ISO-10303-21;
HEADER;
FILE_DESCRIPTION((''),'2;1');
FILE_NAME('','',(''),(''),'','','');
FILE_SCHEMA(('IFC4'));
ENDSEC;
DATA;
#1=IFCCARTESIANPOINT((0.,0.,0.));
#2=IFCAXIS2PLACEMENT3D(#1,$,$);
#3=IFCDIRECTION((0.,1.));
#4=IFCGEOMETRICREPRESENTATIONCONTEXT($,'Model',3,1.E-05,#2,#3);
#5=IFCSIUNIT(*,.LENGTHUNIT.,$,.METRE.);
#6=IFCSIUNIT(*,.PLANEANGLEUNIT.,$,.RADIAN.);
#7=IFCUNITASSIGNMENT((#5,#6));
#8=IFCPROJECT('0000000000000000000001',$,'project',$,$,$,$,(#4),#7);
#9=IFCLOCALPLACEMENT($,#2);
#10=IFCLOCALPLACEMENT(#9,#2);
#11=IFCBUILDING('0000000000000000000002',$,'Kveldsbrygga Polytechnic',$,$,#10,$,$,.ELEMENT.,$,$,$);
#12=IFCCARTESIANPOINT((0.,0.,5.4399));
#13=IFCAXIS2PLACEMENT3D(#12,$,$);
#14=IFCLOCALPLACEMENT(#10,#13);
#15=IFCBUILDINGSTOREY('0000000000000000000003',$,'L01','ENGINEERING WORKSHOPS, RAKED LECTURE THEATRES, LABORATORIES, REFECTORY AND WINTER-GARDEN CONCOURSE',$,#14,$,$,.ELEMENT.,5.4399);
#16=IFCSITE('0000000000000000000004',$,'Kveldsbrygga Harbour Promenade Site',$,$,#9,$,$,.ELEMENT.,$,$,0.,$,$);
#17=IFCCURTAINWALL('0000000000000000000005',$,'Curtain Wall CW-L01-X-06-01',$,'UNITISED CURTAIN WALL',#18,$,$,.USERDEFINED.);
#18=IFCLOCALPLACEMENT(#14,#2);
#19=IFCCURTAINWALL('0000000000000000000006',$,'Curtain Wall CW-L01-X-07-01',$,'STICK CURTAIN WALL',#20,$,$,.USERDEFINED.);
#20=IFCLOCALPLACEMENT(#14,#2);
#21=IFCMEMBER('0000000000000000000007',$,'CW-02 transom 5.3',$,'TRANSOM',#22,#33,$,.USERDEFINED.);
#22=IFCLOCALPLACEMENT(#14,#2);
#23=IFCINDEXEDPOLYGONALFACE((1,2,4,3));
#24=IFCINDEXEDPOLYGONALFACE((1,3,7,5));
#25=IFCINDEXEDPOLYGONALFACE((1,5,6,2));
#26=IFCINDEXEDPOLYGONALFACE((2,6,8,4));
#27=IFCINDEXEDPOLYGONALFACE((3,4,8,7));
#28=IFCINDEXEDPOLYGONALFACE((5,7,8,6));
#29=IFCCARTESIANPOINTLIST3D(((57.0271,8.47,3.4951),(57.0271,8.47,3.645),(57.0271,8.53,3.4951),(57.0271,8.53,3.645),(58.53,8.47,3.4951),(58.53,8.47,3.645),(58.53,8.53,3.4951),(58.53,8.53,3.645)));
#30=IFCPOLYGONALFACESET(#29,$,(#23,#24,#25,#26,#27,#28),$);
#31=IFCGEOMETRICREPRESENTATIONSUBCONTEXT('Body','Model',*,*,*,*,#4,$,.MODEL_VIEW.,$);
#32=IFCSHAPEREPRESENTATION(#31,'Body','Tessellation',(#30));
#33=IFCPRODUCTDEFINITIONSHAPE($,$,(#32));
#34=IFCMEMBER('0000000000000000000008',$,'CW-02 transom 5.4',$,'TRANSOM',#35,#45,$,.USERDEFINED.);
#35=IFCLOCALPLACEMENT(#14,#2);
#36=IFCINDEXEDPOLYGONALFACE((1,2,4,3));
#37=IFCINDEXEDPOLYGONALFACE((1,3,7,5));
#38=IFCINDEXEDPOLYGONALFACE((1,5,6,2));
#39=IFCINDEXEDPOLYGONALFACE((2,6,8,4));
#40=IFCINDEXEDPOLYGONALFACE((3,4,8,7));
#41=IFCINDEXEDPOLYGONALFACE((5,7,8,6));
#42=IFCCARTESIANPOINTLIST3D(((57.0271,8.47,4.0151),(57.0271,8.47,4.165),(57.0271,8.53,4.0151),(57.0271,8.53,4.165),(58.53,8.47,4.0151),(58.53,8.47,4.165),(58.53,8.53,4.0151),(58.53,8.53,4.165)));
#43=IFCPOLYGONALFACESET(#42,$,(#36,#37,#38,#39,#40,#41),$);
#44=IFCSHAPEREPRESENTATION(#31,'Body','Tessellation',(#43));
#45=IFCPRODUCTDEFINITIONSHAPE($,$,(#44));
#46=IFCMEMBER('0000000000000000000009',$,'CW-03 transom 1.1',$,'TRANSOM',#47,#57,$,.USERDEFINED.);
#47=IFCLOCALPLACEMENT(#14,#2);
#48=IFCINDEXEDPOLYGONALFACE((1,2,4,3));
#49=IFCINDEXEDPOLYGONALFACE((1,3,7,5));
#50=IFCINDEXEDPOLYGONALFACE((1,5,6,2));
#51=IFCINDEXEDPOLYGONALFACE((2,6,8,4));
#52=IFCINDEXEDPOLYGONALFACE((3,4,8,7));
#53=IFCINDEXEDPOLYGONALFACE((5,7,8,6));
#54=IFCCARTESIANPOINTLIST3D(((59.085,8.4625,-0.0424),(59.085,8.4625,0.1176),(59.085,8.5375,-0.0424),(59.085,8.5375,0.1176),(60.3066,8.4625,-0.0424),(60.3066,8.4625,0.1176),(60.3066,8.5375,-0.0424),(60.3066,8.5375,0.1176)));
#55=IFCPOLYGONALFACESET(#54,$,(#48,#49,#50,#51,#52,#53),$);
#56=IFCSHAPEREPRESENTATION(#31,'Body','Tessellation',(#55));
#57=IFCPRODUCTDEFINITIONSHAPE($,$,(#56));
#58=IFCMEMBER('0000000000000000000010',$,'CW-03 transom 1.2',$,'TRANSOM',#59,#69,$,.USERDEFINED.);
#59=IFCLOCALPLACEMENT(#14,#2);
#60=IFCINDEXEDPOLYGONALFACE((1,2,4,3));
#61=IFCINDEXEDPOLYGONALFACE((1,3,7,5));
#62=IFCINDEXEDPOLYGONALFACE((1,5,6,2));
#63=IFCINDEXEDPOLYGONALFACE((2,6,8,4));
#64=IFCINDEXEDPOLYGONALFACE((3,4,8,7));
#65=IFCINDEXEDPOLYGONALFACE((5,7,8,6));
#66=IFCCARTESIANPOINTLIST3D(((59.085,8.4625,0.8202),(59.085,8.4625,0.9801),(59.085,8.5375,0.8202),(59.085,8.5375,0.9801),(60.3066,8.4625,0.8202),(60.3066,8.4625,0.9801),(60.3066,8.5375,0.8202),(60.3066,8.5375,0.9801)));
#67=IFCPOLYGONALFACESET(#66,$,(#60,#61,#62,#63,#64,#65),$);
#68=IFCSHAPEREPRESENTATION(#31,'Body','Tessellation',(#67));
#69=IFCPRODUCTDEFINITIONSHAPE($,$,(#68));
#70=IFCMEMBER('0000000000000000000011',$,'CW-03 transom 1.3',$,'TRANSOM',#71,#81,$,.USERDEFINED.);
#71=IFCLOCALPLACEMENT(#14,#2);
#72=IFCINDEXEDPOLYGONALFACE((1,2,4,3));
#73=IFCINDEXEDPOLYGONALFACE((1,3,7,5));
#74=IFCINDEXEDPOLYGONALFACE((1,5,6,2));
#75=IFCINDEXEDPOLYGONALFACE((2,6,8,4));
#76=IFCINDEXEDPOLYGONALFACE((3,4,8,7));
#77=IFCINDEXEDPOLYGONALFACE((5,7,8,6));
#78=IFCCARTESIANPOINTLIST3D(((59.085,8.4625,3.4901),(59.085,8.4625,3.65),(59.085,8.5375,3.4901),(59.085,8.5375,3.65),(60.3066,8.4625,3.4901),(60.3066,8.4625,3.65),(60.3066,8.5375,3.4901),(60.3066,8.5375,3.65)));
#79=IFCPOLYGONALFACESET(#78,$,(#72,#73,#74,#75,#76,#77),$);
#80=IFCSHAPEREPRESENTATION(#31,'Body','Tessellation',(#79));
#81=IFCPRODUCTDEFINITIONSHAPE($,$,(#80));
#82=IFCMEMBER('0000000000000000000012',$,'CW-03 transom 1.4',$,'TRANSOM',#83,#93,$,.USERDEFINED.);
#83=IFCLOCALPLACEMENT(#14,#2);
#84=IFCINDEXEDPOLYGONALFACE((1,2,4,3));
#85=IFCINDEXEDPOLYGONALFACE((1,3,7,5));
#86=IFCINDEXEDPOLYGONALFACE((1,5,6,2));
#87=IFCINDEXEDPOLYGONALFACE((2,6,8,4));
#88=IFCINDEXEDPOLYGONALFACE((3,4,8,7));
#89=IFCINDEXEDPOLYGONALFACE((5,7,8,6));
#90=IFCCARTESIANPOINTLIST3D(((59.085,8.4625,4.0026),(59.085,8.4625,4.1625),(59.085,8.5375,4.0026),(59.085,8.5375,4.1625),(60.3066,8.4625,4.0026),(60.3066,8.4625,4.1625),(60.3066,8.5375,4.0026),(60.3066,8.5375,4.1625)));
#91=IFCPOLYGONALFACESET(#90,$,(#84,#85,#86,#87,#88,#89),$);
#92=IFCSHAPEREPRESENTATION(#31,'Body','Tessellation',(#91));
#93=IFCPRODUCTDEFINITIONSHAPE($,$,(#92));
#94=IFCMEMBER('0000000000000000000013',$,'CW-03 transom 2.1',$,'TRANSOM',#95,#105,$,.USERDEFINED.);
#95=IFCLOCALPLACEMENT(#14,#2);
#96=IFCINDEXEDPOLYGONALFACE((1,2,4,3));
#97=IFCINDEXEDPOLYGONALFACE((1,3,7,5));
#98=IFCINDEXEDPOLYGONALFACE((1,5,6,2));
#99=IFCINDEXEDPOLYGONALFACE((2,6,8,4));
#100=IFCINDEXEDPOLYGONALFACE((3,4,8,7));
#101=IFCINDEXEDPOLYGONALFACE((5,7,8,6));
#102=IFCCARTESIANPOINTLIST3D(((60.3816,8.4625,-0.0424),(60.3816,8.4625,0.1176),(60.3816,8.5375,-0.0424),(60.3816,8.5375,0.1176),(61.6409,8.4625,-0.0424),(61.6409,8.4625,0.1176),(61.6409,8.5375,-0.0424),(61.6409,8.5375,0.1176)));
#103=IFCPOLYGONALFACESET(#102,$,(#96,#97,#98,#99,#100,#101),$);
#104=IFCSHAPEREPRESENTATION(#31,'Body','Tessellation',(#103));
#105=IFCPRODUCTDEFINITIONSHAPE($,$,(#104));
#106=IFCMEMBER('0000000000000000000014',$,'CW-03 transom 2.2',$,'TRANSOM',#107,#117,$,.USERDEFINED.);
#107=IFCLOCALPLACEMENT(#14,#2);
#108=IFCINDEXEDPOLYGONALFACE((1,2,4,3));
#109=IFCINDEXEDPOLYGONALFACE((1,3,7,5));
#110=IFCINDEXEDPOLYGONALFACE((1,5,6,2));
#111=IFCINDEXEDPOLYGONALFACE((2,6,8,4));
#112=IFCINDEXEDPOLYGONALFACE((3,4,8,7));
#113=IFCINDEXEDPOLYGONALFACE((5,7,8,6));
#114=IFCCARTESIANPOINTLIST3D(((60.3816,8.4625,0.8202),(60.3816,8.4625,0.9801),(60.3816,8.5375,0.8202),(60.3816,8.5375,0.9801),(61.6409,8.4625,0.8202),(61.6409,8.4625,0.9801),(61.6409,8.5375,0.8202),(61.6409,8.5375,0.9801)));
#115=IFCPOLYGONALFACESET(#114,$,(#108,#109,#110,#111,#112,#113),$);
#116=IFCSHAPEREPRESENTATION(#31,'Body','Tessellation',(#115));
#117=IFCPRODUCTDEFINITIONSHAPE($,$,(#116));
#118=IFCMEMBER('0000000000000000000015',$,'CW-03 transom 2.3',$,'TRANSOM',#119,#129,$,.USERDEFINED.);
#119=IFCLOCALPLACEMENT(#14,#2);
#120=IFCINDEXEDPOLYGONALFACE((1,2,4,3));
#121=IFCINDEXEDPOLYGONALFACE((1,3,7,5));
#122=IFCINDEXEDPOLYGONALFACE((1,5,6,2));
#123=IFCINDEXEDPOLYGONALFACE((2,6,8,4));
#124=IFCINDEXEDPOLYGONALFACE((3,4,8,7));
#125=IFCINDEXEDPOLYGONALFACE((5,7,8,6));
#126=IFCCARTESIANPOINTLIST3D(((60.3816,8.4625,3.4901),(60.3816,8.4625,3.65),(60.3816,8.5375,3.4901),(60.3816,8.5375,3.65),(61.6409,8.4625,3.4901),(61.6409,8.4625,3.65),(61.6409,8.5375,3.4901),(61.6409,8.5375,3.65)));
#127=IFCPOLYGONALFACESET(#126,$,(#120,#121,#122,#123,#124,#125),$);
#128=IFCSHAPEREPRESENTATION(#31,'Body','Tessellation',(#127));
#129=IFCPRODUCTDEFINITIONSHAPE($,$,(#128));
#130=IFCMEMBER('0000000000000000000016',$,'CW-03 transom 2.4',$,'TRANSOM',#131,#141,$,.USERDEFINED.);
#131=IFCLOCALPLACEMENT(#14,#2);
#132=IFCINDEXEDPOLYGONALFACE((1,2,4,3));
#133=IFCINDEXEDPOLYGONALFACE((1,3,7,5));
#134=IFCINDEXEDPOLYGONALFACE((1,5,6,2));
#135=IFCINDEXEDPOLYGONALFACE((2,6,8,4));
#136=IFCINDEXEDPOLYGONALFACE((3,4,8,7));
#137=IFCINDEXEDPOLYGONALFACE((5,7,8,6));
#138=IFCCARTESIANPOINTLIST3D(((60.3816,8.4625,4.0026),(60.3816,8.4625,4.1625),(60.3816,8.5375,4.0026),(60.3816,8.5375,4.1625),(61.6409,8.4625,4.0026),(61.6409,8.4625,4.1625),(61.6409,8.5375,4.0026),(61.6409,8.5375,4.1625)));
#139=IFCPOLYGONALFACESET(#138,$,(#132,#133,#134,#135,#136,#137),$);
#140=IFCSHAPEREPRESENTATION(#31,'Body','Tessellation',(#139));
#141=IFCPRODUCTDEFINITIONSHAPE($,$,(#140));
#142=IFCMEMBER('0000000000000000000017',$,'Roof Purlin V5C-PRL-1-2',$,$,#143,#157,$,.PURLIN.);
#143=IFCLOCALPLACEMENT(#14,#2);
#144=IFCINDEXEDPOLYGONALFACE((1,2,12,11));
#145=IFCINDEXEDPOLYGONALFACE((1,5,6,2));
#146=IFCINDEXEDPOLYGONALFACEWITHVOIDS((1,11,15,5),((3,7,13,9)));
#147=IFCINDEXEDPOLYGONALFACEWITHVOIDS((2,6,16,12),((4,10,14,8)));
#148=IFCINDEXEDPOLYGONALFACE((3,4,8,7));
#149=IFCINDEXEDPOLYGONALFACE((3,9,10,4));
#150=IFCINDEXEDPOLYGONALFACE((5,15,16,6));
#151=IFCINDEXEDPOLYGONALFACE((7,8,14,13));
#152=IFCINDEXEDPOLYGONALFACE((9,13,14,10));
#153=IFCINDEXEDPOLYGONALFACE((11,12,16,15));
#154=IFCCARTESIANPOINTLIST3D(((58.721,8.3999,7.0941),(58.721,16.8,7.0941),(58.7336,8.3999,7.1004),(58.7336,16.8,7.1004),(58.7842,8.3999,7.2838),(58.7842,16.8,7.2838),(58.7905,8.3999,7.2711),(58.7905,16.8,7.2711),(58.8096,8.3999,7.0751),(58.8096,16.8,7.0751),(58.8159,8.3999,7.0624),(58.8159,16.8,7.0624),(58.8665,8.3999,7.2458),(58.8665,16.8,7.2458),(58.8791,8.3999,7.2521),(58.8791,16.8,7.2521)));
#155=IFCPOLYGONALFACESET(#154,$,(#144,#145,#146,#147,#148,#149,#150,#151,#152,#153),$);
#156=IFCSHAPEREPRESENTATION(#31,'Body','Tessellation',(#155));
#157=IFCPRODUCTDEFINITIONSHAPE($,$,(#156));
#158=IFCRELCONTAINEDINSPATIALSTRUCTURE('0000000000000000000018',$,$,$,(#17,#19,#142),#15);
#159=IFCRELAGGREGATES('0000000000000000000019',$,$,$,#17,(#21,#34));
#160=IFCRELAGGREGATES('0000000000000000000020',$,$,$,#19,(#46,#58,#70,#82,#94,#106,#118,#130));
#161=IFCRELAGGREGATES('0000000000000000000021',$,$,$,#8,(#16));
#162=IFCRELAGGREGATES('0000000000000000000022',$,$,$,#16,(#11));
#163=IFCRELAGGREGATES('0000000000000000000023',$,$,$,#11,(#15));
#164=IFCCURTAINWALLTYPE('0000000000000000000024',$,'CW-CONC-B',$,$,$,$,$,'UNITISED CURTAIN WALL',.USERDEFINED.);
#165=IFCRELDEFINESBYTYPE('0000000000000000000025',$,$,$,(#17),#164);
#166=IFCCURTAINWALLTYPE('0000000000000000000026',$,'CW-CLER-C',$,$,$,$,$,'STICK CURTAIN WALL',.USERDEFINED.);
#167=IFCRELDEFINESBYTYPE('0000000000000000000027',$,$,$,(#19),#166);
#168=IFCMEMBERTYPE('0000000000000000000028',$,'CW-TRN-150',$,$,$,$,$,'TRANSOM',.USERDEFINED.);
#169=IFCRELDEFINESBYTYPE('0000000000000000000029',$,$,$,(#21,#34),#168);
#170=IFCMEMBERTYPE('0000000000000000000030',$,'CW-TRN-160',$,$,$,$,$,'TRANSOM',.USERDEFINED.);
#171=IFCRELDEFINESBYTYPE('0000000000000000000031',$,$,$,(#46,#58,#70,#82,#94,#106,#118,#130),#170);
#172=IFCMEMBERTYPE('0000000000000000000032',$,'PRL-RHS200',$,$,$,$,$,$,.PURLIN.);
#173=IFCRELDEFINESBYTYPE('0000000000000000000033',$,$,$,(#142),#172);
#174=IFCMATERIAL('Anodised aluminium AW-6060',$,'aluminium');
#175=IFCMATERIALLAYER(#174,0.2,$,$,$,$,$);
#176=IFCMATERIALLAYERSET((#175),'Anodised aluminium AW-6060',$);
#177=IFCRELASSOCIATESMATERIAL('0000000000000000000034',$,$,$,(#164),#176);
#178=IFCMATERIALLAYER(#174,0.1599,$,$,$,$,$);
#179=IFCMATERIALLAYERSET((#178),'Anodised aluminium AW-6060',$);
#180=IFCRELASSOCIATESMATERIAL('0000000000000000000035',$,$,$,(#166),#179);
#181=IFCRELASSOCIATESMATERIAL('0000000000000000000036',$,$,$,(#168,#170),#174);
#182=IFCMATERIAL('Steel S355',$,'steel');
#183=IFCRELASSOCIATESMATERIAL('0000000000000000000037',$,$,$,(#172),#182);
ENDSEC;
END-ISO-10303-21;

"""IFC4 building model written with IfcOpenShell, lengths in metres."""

from ifc_helpers import new_model, si_unit, direction, frame, origin, origin_2d, place, context, subcontext, project, spatial, rectangle, hollow_rectangle, extrude, material, layer, layer_set, material_profile, profile_set, type_object, element, aggregate, save


model = new_model("IFC4")

# Units and contexts
model_context = context("Model", 3, precision=1e-05, world=origin(), true_north=direction((0.0, 1.0)))
body_context = subcontext(model_context, "Body", "Model", "MODEL_VIEW")
ifc_project = project(units=[si_unit("LENGTHUNIT", "METRE"), si_unit("PLANEANGLEUNIT", "RADIAN")], contexts=[model_context])

# Site, building, storey
site_placement = place(None, origin())
site = spatial("IfcSite", under=ifc_project, at=site_placement, Name="Kveldsbrygga Harbour Promenade Site", CompositionType="ELEMENT", RefElevation=0.0)
building_placement = place(site_placement, origin())
building = spatial("IfcBuilding", under=site, at=building_placement, Name="Kveldsbrygga Polytechnic", CompositionType="ELEMENT")
storey_placement = place(building_placement, frame((0.0, 0.0, 5.4399)))
storey = spatial("IfcBuildingStorey", under=building, at=storey_placement, Name="L01", Description="ENGINEERING WORKSHOPS, RAKED LECTURE THEATRES, LABORATORIES, REFECTORY AND WINTER-GARDEN CONCOURSE", CompositionType="ELEMENT", Elevation=5.4399)

# Curtain walls
ifc_material_1 = material(Name="Anodised aluminium AW-6060", Category="aluminium")
ifc_layer_1 = layer(ifc_material_1, 0.2)
ifc_layer_set_1 = layer_set([ifc_layer_1], Name="Anodised aluminium AW-6060")
curtain_wall_type_1 = type_object("IfcCurtainWallType", Name="CW-CONC-B", ElementType="UNITISED CURTAIN WALL", PredefinedType="USERDEFINED", material=ifc_layer_set_1)
curtain_wall_1_placement = place(storey_placement, origin())
curtain_wall_1 = element("IfcCurtainWall", 1, at=curtain_wall_1_placement, inside=storey, type_object=curtain_wall_type_1, Name="Curtain Wall CW-L01-X-06-01", ObjectType="UNITISED CURTAIN WALL", PredefinedType="USERDEFINED")
ifc_layer_2 = layer(ifc_material_1, 0.1599)
ifc_layer_set_2 = layer_set([ifc_layer_2], Name="Anodised aluminium AW-6060")
curtain_wall_type_2 = type_object("IfcCurtainWallType", Name="CW-CLER-C", ElementType="STICK CURTAIN WALL", PredefinedType="USERDEFINED", material=ifc_layer_set_2)
curtain_wall_2_placement = place(storey_placement, origin())
curtain_wall_2 = element("IfcCurtainWall", 2, at=curtain_wall_2_placement, inside=storey, type_object=curtain_wall_type_2, Name="Curtain Wall CW-L01-X-07-01", ObjectType="STICK CURTAIN WALL", PredefinedType="USERDEFINED")

# Members
ifc_material_profile_1 = material_profile(ifc_material_1, rectangle(XDim=0.0601, YDim=0.1499, at=origin_2d()), Name="ALU 60x150")
ifc_profile_set_1 = profile_set([ifc_material_profile_1], Name="Anodised aluminium AW-6060")
member_type_1 = type_object("IfcMemberType", Name="CW-TRN-150", ElementType="TRANSOM", PredefinedType="USERDEFINED", material=ifc_profile_set_1)
member_1_placement = place(storey_placement, frame((57.0271, 8.5, 3.5701), z_axis=(1.0, 0.0, 0.0), x_axis=(0.0, 1.0, 0.0)))
member_1 = element("IfcMember", 3, at=member_1_placement, type_object=member_type_1, Name="CW-02 transom 5.3", ObjectType="TRANSOM", PredefinedType="USERDEFINED", context=body_context, shape_type="SweptSolid", body=[
    extrude(rectangle(XDim=0.0601, YDim=0.1499, at=origin_2d()), origin(), (0.0, 0.0, 1.0), 1.5029),
])
member_2_placement = place(storey_placement, frame((57.0271, 8.5, 4.0901), z_axis=(1.0, 0.0, 0.0), x_axis=(0.0, 1.0, 0.0)))
member_2 = element("IfcMember", 4, at=member_2_placement, type_object=member_type_1, Name="CW-02 transom 5.4", ObjectType="TRANSOM", PredefinedType="USERDEFINED", context=body_context, shape_type="SweptSolid", body=[
    extrude(rectangle(XDim=0.0601, YDim=0.1499, at=origin_2d()), origin(), (0.0, 0.0, 1.0), 1.5029),
])
ifc_material_profile_2 = material_profile(ifc_material_1, rectangle(XDim=0.075, YDim=0.1599, at=origin_2d()), Name="ALU 75x160")
ifc_profile_set_2 = profile_set([ifc_material_profile_2], Name="Anodised aluminium AW-6060")
member_type_2 = type_object("IfcMemberType", Name="CW-TRN-160", ElementType="TRANSOM", PredefinedType="USERDEFINED", material=ifc_profile_set_2)
member_3_placement = place(storey_placement, frame((59.085, 8.5, 0.0376), z_axis=(1.0, 0.0, 0.0), x_axis=(0.0, 1.0, 0.0)))
member_3 = element("IfcMember", 5, at=member_3_placement, type_object=member_type_2, Name="CW-03 transom 1.1", ObjectType="TRANSOM", PredefinedType="USERDEFINED", context=body_context, shape_type="SweptSolid", body=[
    extrude(rectangle(XDim=0.075, YDim=0.1599, at=origin_2d()), origin(), (0.0, 0.0, 1.0), 1.2217),
])
member_4_placement = place(storey_placement, frame((59.085, 8.5, 0.9001), z_axis=(1.0, 0.0, 0.0), x_axis=(0.0, 1.0, 0.0)))
member_4 = element("IfcMember", 6, at=member_4_placement, type_object=member_type_2, Name="CW-03 transom 1.2", ObjectType="TRANSOM", PredefinedType="USERDEFINED", context=body_context, shape_type="SweptSolid", body=[
    extrude(rectangle(XDim=0.075, YDim=0.1599, at=origin_2d()), origin(), (0.0, 0.0, 1.0), 1.2217),
])
member_5_placement = place(storey_placement, frame((59.085, 8.5, 3.5701), z_axis=(1.0, 0.0, 0.0), x_axis=(0.0, 1.0, 0.0)))
member_5 = element("IfcMember", 7, at=member_5_placement, type_object=member_type_2, Name="CW-03 transom 1.3", ObjectType="TRANSOM", PredefinedType="USERDEFINED", context=body_context, shape_type="SweptSolid", body=[
    extrude(rectangle(XDim=0.075, YDim=0.1599, at=origin_2d()), origin(), (0.0, 0.0, 1.0), 1.2217),
])
member_6_placement = place(storey_placement, frame((59.085, 8.5, 4.0825), z_axis=(1.0, 0.0, 0.0), x_axis=(0.0, 1.0, 0.0)))
member_6 = element("IfcMember", 8, at=member_6_placement, type_object=member_type_2, Name="CW-03 transom 1.4", ObjectType="TRANSOM", PredefinedType="USERDEFINED", context=body_context, shape_type="SweptSolid", body=[
    extrude(rectangle(XDim=0.075, YDim=0.1599, at=origin_2d()), origin(), (0.0, 0.0, 1.0), 1.2217),
])
member_7_placement = place(storey_placement, frame((60.3816, 8.5, 0.0376), z_axis=(1.0, 0.0, 0.0), x_axis=(0.0, 1.0, 0.0)))
member_7 = element("IfcMember", 9, at=member_7_placement, type_object=member_type_2, Name="CW-03 transom 2.1", ObjectType="TRANSOM", PredefinedType="USERDEFINED", context=body_context, shape_type="SweptSolid", body=[
    extrude(rectangle(XDim=0.075, YDim=0.1599, at=origin_2d()), origin(), (0.0, 0.0, 1.0), 1.2593),
])
member_8_placement = place(storey_placement, frame((60.3816, 8.5, 0.9001), z_axis=(1.0, 0.0, 0.0), x_axis=(0.0, 1.0, 0.0)))
member_8 = element("IfcMember", 10, at=member_8_placement, type_object=member_type_2, Name="CW-03 transom 2.2", ObjectType="TRANSOM", PredefinedType="USERDEFINED", context=body_context, shape_type="SweptSolid", body=[
    extrude(rectangle(XDim=0.075, YDim=0.1599, at=origin_2d()), origin(), (0.0, 0.0, 1.0), 1.2593),
])
member_9_placement = place(storey_placement, frame((60.3816, 8.5, 3.5701), z_axis=(1.0, 0.0, 0.0), x_axis=(0.0, 1.0, 0.0)))
member_9 = element("IfcMember", 11, at=member_9_placement, type_object=member_type_2, Name="CW-03 transom 2.3", ObjectType="TRANSOM", PredefinedType="USERDEFINED", context=body_context, shape_type="SweptSolid", body=[
    extrude(rectangle(XDim=0.075, YDim=0.1599, at=origin_2d()), origin(), (0.0, 0.0, 1.0), 1.2593),
])
member_10_placement = place(storey_placement, frame((60.3816, 8.5, 4.0825), z_axis=(1.0, 0.0, 0.0), x_axis=(0.0, 1.0, 0.0)))
member_10 = element("IfcMember", 12, at=member_10_placement, type_object=member_type_2, Name="CW-03 transom 2.4", ObjectType="TRANSOM", PredefinedType="USERDEFINED", context=body_context, shape_type="SweptSolid", body=[
    extrude(rectangle(XDim=0.075, YDim=0.1599, at=origin_2d()), origin(), (0.0, 0.0, 1.0), 1.2593),
])

# Member
ifc_material_2 = material(Name="Steel S355", Category="steel")
ifc_material_profile_3 = material_profile(ifc_material_2, hollow_rectangle(XDim=0.1001, YDim=0.2, WallThickness=0.01, at=origin_2d()), Name="RHS 200x100x10.0")
ifc_profile_set_3 = profile_set([ifc_material_profile_3], Name="Steel S355")
member_type_3 = type_object("IfcMemberType", Name="PRL-RHS200", PredefinedType="PURLIN", material=ifc_profile_set_3)
member_11_placement = place(storey_placement, frame((58.8, 8.3999, 7.1731), z_axis=(0.0, 1.0, 0.0), x_axis=(-0.948684, 0.0, 0.316227)))
element("IfcMember", 13, at=member_11_placement, inside=storey, type_object=member_type_3, Name="Roof Purlin V5C-PRL-1-2", PredefinedType="PURLIN", context=body_context, shape_type="SweptSolid", body=[
    extrude(hollow_rectangle(XDim=0.1001, YDim=0.2, WallThickness=0.01, at=origin_2d()), origin(), (0.0, 0.0, 1.0), 8.4001),
])

aggregate(curtain_wall_1, [member_1, member_2])
aggregate(curtain_wall_2, [member_3, member_4, member_5, member_6, member_7, member_8, member_9, member_10])

save(model, "model.ifc")
